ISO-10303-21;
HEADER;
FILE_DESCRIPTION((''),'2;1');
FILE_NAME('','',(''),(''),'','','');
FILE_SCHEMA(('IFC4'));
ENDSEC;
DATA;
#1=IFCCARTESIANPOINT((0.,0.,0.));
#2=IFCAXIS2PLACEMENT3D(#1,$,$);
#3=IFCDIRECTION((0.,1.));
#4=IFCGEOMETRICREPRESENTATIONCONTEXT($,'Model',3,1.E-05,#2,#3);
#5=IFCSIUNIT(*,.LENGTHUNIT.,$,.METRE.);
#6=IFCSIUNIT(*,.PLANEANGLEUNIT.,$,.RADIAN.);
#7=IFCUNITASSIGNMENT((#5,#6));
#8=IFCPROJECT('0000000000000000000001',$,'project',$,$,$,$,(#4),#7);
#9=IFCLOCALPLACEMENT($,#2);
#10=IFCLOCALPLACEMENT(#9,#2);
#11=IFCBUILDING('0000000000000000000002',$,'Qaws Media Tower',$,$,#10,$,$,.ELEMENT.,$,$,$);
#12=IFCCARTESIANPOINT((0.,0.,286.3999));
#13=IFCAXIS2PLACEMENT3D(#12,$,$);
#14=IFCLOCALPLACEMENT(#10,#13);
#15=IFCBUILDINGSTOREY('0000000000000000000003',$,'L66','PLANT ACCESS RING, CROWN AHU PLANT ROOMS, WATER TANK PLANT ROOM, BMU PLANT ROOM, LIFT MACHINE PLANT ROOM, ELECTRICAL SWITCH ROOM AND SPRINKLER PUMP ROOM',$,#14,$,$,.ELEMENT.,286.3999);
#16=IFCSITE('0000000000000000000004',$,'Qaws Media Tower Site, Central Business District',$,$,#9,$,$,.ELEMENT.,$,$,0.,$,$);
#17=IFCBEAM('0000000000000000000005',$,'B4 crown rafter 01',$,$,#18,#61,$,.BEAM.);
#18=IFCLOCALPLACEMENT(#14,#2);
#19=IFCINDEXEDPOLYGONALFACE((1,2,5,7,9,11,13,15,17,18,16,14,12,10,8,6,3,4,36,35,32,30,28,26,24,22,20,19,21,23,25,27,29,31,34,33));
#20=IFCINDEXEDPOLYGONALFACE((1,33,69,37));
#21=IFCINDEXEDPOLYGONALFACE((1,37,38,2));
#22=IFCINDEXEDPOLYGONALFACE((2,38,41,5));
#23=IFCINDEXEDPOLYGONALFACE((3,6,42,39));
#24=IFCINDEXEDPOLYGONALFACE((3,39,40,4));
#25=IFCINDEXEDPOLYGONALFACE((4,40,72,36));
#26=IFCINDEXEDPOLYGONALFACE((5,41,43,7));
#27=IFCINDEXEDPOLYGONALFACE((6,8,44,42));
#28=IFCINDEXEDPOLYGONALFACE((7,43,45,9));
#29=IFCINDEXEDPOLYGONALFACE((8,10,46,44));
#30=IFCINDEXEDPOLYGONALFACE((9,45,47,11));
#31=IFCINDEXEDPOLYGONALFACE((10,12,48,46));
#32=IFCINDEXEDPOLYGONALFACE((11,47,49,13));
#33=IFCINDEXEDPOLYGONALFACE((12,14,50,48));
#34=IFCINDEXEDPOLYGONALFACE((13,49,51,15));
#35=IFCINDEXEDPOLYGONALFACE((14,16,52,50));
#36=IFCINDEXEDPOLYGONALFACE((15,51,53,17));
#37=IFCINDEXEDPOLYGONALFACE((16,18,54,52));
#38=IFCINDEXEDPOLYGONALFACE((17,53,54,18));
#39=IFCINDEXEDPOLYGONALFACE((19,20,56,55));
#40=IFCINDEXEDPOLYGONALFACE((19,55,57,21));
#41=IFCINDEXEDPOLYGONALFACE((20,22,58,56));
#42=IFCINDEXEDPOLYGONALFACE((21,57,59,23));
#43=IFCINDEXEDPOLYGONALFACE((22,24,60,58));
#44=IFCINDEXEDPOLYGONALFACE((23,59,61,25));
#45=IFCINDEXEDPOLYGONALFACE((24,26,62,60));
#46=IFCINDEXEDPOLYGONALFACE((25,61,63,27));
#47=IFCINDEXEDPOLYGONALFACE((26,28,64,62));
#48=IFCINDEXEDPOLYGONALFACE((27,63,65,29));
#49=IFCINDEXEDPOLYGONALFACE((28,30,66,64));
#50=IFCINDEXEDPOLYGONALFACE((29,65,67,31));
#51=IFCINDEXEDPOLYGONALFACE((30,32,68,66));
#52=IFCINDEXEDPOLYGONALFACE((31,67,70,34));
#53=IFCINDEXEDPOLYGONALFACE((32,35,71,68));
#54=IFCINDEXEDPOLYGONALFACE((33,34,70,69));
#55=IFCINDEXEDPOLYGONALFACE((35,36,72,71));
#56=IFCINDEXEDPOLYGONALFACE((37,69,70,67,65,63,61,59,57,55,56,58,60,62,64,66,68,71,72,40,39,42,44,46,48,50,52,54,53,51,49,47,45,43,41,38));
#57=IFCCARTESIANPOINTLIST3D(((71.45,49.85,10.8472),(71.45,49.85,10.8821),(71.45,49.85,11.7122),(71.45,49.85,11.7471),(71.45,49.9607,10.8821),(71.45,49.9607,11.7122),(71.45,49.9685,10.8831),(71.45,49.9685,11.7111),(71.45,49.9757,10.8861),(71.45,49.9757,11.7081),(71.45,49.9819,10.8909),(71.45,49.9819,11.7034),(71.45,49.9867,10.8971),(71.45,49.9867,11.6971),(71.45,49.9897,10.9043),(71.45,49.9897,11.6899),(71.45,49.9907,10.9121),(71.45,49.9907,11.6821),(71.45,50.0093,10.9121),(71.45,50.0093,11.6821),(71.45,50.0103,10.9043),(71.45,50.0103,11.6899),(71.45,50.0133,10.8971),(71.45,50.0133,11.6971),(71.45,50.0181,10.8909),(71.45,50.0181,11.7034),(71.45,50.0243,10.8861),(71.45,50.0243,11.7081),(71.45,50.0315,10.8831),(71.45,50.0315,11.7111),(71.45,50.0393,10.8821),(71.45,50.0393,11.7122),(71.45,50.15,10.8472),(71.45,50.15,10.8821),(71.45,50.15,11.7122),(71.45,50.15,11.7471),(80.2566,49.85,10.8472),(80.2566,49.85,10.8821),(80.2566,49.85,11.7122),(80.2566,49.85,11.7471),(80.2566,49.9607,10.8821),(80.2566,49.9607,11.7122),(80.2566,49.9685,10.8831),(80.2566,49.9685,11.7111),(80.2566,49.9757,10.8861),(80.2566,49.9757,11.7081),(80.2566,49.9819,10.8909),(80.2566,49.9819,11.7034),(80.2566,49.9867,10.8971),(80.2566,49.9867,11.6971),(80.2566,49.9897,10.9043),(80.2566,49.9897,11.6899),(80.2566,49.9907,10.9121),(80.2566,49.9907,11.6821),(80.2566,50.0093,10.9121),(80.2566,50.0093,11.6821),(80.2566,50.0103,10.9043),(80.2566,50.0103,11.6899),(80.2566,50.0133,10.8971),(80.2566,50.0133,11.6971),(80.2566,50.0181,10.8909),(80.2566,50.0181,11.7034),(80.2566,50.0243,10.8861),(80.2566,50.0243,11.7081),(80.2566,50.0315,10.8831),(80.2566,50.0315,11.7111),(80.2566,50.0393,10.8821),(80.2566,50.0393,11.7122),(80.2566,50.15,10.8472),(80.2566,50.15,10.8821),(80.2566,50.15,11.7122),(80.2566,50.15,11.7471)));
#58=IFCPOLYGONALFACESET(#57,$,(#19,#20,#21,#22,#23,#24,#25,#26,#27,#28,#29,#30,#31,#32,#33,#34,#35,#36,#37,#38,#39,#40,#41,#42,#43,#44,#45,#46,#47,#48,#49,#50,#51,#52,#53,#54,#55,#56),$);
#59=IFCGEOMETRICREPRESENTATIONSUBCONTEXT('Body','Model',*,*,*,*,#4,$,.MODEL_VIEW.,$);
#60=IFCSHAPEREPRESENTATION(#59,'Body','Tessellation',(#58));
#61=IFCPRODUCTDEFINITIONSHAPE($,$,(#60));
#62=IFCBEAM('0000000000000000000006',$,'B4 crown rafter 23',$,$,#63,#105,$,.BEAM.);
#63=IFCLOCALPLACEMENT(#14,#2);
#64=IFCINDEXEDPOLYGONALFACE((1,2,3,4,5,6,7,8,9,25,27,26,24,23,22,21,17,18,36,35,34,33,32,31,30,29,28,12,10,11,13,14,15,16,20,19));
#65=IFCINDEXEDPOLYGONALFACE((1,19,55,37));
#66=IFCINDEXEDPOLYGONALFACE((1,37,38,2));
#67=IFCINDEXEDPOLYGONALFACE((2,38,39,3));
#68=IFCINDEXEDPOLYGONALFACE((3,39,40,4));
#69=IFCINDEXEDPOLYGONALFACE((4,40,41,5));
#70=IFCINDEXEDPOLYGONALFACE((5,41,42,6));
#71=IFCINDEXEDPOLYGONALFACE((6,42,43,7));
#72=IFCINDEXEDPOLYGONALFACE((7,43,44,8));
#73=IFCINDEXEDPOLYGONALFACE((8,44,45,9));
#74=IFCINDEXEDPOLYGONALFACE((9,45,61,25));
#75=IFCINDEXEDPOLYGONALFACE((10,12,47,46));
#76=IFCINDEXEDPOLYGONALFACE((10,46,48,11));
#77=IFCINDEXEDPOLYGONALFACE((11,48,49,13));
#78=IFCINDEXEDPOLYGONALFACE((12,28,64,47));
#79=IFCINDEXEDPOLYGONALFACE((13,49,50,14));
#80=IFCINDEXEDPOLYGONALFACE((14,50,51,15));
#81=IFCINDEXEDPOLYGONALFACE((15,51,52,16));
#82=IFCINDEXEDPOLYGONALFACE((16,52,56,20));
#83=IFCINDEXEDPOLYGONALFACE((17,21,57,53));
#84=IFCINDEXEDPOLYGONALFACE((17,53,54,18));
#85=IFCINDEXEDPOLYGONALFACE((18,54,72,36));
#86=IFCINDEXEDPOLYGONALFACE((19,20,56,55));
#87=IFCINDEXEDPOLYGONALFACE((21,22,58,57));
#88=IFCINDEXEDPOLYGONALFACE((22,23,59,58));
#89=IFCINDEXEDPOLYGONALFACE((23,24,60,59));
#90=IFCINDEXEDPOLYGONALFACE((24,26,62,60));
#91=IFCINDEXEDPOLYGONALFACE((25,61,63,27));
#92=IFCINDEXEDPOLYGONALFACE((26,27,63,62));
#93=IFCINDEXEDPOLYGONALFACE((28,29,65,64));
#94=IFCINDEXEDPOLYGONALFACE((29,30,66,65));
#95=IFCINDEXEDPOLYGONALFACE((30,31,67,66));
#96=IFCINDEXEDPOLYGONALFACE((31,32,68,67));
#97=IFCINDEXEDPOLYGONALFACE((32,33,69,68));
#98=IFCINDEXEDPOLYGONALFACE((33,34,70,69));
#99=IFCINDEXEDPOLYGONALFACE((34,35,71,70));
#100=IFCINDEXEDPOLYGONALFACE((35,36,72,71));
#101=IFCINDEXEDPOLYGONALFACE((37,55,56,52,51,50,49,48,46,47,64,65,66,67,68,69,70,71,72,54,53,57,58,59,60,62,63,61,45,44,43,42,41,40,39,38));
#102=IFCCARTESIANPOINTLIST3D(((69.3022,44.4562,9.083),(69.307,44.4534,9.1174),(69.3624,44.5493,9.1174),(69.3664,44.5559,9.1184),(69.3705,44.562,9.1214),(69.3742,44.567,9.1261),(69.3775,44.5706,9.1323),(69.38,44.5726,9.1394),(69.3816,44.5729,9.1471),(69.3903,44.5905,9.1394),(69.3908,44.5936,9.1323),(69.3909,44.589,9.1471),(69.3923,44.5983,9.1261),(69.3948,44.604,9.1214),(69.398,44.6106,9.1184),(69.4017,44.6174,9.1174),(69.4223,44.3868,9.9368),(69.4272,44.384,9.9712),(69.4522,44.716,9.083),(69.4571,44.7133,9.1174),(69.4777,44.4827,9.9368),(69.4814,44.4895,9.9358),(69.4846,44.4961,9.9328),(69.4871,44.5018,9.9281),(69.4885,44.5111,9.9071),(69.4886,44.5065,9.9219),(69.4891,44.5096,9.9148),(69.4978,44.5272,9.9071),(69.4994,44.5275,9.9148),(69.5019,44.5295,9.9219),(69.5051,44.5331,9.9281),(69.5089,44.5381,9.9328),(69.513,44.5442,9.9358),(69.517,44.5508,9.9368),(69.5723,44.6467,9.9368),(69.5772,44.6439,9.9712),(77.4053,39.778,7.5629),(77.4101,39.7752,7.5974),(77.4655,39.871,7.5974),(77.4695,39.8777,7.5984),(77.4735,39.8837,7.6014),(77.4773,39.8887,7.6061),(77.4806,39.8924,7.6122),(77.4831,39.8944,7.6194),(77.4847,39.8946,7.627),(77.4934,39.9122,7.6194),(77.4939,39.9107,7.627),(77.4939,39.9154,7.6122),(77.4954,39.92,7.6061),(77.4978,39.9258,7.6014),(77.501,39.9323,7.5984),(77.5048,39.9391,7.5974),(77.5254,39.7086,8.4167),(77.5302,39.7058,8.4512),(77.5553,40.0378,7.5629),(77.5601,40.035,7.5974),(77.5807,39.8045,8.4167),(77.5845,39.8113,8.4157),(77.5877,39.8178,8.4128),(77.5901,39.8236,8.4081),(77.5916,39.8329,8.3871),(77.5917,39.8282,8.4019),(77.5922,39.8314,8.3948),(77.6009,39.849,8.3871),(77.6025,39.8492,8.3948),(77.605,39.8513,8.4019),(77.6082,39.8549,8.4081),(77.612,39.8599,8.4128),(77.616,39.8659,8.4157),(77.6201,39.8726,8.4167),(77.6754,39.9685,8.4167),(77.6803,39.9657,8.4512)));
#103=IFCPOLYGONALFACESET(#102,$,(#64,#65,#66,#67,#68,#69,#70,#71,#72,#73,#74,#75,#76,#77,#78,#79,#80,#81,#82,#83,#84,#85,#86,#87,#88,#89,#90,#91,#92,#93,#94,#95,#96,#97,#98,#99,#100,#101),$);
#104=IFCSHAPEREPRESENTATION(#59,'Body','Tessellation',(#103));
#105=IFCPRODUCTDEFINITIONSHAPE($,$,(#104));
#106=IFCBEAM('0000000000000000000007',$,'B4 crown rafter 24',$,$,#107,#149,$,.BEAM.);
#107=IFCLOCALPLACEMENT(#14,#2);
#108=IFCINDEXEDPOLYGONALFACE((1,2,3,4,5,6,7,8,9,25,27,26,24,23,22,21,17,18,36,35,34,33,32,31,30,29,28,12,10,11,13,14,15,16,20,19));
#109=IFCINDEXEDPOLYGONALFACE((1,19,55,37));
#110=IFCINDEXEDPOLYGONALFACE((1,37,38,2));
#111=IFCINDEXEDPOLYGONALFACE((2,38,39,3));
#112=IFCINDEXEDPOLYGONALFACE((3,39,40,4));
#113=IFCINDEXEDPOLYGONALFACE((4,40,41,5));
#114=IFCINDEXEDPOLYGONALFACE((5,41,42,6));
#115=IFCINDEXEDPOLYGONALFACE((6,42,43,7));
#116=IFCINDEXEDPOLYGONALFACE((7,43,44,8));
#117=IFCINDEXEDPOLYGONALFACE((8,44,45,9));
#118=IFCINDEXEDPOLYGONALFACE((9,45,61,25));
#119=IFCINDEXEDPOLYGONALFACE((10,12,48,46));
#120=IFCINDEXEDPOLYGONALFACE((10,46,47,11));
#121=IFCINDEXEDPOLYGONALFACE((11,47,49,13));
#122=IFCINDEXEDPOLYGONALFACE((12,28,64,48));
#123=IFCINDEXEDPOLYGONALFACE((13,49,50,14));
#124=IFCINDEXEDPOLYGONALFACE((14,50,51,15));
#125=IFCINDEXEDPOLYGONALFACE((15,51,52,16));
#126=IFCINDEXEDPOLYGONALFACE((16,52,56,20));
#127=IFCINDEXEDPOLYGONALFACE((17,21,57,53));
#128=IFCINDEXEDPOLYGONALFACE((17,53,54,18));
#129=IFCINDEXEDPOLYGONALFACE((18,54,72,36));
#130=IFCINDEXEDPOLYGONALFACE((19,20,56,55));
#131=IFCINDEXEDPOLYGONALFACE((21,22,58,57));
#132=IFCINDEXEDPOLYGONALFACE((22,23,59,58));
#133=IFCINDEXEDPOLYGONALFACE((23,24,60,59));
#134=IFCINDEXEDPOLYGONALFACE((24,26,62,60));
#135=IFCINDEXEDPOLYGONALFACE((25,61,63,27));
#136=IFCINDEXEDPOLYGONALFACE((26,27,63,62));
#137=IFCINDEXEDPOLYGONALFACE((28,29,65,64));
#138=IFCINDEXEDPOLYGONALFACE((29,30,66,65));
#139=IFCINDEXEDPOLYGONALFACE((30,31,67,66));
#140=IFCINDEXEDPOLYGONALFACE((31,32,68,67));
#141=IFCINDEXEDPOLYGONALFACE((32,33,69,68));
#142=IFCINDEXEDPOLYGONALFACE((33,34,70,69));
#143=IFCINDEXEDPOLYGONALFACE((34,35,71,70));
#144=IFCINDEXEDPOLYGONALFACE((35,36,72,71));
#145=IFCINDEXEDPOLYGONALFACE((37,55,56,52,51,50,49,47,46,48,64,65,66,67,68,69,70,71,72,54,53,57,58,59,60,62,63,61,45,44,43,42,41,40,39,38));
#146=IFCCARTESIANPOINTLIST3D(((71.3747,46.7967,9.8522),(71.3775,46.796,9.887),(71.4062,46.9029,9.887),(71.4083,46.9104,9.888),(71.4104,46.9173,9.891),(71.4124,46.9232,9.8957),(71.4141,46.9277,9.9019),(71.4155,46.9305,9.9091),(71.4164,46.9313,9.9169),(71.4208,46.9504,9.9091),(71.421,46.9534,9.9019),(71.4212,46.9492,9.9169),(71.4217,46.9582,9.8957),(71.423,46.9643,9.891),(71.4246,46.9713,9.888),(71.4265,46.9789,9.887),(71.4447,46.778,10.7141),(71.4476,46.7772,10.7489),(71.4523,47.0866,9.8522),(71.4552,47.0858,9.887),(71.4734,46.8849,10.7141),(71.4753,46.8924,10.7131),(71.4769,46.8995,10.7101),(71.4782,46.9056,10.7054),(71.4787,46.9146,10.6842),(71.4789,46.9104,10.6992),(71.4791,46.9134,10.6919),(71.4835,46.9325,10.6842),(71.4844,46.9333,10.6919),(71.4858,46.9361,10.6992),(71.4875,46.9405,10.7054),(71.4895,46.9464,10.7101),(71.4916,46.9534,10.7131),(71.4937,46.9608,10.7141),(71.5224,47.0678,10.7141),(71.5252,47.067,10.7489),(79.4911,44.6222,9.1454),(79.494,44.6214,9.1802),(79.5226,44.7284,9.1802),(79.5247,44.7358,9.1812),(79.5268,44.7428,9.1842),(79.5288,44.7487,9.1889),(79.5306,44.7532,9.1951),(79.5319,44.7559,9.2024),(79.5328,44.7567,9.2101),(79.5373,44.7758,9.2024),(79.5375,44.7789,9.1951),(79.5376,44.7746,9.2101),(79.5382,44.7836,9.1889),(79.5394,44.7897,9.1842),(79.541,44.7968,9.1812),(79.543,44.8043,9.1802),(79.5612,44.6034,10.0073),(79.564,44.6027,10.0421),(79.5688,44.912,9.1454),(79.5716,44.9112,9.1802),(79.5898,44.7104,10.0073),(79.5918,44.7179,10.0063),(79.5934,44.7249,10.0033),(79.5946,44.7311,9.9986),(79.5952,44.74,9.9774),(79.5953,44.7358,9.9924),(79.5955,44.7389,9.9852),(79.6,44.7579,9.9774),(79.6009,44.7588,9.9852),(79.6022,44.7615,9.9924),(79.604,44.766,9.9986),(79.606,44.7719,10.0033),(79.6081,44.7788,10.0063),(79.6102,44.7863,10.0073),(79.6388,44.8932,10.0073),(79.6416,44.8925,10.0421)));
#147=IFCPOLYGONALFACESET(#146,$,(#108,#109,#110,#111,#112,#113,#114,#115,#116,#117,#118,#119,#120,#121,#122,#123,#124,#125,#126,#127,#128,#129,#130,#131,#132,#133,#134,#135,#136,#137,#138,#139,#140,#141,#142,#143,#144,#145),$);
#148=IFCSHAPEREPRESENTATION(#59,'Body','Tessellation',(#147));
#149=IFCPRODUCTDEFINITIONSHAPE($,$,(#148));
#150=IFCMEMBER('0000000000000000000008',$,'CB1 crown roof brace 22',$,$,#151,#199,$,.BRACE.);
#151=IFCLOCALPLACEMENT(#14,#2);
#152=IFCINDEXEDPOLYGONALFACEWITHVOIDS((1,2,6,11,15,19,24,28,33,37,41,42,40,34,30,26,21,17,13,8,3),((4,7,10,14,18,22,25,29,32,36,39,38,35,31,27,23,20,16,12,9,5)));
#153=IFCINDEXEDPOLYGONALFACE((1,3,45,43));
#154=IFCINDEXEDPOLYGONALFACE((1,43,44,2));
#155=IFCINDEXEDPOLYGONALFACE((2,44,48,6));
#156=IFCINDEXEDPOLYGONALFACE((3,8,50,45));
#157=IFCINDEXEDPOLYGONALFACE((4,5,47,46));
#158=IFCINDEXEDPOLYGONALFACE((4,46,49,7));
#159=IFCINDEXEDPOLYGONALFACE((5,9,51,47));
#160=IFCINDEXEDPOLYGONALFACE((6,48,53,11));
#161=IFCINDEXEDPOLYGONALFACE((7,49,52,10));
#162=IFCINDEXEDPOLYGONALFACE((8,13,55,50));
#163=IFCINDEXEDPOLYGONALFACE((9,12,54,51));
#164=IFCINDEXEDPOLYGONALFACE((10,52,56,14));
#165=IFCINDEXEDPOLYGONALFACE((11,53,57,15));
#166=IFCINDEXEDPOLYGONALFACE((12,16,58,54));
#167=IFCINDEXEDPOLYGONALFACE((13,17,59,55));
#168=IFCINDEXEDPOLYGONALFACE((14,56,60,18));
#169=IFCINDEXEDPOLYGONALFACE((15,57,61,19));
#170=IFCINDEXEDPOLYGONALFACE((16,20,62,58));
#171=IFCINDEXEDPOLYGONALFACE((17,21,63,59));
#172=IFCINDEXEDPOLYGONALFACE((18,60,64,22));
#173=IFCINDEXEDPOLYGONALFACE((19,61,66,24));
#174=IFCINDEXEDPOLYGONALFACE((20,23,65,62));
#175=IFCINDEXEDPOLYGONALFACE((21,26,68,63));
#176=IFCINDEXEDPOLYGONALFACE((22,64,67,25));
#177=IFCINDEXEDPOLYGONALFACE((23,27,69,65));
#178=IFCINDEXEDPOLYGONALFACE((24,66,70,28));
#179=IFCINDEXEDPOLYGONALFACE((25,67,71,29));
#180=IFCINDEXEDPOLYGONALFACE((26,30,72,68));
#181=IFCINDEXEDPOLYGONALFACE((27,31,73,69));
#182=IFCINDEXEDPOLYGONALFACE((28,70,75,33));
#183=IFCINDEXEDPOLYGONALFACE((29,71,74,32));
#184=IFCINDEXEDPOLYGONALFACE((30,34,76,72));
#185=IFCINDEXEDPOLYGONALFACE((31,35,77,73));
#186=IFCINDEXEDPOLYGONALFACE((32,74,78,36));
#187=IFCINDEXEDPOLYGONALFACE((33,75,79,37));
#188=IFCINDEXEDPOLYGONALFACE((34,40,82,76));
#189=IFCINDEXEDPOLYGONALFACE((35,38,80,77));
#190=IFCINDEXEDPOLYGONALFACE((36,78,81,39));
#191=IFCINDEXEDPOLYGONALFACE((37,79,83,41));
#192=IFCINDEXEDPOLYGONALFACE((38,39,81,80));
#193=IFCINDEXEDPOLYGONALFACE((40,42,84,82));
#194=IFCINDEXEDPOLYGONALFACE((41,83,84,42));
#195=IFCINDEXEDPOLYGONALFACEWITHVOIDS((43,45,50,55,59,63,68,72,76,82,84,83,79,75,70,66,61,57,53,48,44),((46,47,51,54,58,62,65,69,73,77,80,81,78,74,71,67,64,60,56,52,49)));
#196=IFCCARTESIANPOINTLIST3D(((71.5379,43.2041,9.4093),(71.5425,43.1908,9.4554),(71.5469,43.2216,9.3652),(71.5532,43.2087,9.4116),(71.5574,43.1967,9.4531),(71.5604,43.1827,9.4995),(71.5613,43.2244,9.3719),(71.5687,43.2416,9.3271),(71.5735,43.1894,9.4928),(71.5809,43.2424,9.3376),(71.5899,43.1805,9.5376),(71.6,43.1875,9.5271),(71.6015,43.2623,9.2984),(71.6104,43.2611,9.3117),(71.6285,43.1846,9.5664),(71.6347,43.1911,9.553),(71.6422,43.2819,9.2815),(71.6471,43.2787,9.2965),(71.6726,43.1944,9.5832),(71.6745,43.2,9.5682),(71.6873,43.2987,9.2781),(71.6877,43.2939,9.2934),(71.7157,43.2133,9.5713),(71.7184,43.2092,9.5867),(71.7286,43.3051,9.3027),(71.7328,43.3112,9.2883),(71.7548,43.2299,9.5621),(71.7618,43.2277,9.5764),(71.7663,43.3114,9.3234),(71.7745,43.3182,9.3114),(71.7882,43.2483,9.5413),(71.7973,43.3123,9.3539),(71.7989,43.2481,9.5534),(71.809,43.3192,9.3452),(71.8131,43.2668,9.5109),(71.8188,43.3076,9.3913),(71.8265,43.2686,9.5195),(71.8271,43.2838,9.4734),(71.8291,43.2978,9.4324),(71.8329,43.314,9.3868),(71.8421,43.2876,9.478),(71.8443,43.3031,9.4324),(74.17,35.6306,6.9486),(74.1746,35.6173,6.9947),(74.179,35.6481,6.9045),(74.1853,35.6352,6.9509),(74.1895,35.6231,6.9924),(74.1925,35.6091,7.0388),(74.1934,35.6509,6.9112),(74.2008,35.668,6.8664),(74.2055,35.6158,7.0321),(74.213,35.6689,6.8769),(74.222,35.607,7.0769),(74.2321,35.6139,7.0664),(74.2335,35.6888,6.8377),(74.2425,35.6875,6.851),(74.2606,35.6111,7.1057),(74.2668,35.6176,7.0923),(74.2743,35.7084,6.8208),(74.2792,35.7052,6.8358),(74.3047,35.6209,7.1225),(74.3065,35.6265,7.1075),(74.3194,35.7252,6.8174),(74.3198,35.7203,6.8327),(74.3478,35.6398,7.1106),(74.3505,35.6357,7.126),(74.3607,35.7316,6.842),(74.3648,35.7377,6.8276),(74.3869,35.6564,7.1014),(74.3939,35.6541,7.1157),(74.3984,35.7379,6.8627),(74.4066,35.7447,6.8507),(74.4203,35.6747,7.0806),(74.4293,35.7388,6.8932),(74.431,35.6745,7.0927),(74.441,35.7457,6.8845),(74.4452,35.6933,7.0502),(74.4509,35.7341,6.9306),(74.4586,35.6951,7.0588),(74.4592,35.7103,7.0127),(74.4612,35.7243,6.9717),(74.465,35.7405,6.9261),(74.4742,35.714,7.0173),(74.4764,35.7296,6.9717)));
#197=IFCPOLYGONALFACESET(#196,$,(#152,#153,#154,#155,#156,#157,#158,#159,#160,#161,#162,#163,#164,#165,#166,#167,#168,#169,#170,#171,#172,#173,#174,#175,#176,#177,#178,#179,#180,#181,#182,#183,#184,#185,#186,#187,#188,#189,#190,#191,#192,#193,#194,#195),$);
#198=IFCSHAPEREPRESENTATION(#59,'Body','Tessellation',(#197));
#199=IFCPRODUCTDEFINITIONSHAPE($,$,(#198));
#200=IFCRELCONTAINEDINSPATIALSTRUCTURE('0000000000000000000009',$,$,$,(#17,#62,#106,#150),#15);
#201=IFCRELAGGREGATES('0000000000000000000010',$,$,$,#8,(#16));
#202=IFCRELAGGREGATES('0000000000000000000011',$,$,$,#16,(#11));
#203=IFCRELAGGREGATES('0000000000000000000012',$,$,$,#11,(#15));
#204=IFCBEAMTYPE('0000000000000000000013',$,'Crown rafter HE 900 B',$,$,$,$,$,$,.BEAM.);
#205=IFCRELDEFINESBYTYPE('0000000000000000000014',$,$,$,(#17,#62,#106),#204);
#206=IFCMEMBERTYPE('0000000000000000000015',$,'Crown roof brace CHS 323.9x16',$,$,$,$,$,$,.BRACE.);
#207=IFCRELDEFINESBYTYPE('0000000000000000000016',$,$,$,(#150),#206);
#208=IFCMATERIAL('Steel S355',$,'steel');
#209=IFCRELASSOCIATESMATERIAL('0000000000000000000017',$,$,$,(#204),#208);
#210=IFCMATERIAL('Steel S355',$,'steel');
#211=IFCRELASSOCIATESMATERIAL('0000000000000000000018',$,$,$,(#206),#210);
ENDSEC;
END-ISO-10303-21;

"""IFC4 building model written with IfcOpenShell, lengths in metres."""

from ifc_helpers import new_model, si_unit, direction, frame, origin, origin_2d, place, context, subcontext, project, spatial, hollow_circle, i_section, extrude, material, material_profile, profile_set, type_object, element, save


model = new_model("IFC4")

# Units and contexts
model_context = context("Model", 3, precision=1e-05, world=origin(), true_north=direction((0.0, 1.0)))
body_context = subcontext(model_context, "Body", "Model", "MODEL_VIEW")
ifc_project = project(units=[si_unit("LENGTHUNIT", "METRE"), si_unit("PLANEANGLEUNIT", "RADIAN")], contexts=[model_context])

# Site, building, storey
site_placement = place(None, origin())
site = spatial("IfcSite", under=ifc_project, at=site_placement, Name="Qaws Media Tower Site, Central Business District", CompositionType="ELEMENT", RefElevation=0.0)
building_placement = place(site_placement, origin())
building = spatial("IfcBuilding", under=site, at=building_placement, Name="Qaws Media Tower", CompositionType="ELEMENT")
storey_placement = place(building_placement, frame((0.0, 0.0, 286.3999)))
storey = spatial("IfcBuildingStorey", under=building, at=storey_placement, Name="L66", Description="PLANT ACCESS RING, CROWN AHU PLANT ROOMS, WATER TANK PLANT ROOM, BMU PLANT ROOM, LIFT MACHINE PLANT ROOM, ELECTRICAL SWITCH ROOM AND SPRINKLER PUMP ROOM", CompositionType="ELEMENT", Elevation=286.3999)

# Beams
ifc_material_1 = material(Name="Steel S355", Category="steel")
ifc_material_profile_1 = material_profile(ifc_material_1, i_section(OverallWidth=0.3, OverallDepth=0.8999, WebThickness=0.0186, FlangeThickness=0.0349, FilletRadius=0.03, at=origin_2d()), Name="HE 900 B")
ifc_profile_set_1 = profile_set([ifc_material_profile_1], Name="Steel S355")
beam_type_1 = type_object("IfcBeamType", Name="Crown rafter HE 900 B", PredefinedType="BEAM", material=ifc_profile_set_1)
beam_1_placement = place(storey_placement, frame((71.45, 50.0, 11.2971), z_axis=(1.0, 0.0, 0.0), x_axis=(0.0, 1.0, 0.0)))
element("IfcBeam", 1, at=beam_1_placement, inside=storey, type_object=beam_type_1, Name="B4 crown rafter 01", PredefinedType="BEAM", context=body_context, shape_type="SweptSolid", body=[
    extrude(i_section(OverallWidth=0.3, OverallDepth=0.8999, WebThickness=0.0186, FlangeThickness=0.0349, FilletRadius=0.03, at=origin_2d()), origin(), (0.0, 0.0, 1.0), 8.8066),
])
beam_2_placement = place(storey_placement, frame((69.4397, 44.55, 9.5271), z_axis=(0.854822, -0.493525, -0.160353), x_axis=(0.499995, 0.866028, 0.0)))
element("IfcBeam", 2, at=beam_2_placement, inside=storey, type_object=beam_type_1, Name="B4 crown rafter 23", PredefinedType="BEAM", context=body_context, shape_type="SweptSolid", body=[
    extrude(i_section(OverallWidth=0.3, OverallDepth=0.8999, WebThickness=0.0186, FlangeThickness=0.0349, FilletRadius=0.03, at=origin_2d()), origin(), (0.0, 0.0, 1.0), 9.4792),
])
beam_3_placement = place(storey_placement, frame((71.45, 46.9319, 10.3005), z_axis=(0.962534, -0.257882, -0.083818), x_axis=(0.258793, 0.965933, 0.0)))
element("IfcBeam", 3, at=beam_3_placement, inside=storey, type_object=beam_type_1, Name="B4 crown rafter 24", PredefinedType="BEAM", context=body_context, shape_type="SweptSolid", body=[
    extrude(i_section(OverallWidth=0.3, OverallDepth=0.8999, WebThickness=0.0186, FlangeThickness=0.0349, FilletRadius=0.03, at=origin_2d()), origin(), (0.0, 0.0, 1.0), 8.4324),
])

# Member
ifc_material_2 = material(Name="Steel S355", Category="steel")
ifc_material_profile_2 = material_profile(ifc_material_2, hollow_circle(Radius=0.1619, WallThickness=0.0161, at=origin_2d()), Name="CHS 323.9x16")
ifc_profile_set_2 = profile_set([ifc_material_profile_2], Name="Steel S355")
member_type_1 = type_object("IfcMemberType", Name="Crown roof brace CHS 323.9x16", PredefinedType="BRACE", material=ifc_profile_set_2)
member_1_placement = place(storey_placement, frame((71.6914, 43.25, 9.4324), z_axis=(0.313831, -0.903011, -0.293396), x_axis=(0.944581, 0.328279, 0.0)))
element("IfcMember", 4, at=member_1_placement, inside=storey, type_object=member_type_1, Name="CB1 crown roof brace 22", PredefinedType="BRACE", context=body_context, shape_type="SweptSolid", body=[
    extrude(hollow_circle(Radius=0.1619, WallThickness=0.0161, at=origin_2d()), origin(), (0.0, 0.0, 1.0), 8.387),
])

save(model, "model.ifc")
